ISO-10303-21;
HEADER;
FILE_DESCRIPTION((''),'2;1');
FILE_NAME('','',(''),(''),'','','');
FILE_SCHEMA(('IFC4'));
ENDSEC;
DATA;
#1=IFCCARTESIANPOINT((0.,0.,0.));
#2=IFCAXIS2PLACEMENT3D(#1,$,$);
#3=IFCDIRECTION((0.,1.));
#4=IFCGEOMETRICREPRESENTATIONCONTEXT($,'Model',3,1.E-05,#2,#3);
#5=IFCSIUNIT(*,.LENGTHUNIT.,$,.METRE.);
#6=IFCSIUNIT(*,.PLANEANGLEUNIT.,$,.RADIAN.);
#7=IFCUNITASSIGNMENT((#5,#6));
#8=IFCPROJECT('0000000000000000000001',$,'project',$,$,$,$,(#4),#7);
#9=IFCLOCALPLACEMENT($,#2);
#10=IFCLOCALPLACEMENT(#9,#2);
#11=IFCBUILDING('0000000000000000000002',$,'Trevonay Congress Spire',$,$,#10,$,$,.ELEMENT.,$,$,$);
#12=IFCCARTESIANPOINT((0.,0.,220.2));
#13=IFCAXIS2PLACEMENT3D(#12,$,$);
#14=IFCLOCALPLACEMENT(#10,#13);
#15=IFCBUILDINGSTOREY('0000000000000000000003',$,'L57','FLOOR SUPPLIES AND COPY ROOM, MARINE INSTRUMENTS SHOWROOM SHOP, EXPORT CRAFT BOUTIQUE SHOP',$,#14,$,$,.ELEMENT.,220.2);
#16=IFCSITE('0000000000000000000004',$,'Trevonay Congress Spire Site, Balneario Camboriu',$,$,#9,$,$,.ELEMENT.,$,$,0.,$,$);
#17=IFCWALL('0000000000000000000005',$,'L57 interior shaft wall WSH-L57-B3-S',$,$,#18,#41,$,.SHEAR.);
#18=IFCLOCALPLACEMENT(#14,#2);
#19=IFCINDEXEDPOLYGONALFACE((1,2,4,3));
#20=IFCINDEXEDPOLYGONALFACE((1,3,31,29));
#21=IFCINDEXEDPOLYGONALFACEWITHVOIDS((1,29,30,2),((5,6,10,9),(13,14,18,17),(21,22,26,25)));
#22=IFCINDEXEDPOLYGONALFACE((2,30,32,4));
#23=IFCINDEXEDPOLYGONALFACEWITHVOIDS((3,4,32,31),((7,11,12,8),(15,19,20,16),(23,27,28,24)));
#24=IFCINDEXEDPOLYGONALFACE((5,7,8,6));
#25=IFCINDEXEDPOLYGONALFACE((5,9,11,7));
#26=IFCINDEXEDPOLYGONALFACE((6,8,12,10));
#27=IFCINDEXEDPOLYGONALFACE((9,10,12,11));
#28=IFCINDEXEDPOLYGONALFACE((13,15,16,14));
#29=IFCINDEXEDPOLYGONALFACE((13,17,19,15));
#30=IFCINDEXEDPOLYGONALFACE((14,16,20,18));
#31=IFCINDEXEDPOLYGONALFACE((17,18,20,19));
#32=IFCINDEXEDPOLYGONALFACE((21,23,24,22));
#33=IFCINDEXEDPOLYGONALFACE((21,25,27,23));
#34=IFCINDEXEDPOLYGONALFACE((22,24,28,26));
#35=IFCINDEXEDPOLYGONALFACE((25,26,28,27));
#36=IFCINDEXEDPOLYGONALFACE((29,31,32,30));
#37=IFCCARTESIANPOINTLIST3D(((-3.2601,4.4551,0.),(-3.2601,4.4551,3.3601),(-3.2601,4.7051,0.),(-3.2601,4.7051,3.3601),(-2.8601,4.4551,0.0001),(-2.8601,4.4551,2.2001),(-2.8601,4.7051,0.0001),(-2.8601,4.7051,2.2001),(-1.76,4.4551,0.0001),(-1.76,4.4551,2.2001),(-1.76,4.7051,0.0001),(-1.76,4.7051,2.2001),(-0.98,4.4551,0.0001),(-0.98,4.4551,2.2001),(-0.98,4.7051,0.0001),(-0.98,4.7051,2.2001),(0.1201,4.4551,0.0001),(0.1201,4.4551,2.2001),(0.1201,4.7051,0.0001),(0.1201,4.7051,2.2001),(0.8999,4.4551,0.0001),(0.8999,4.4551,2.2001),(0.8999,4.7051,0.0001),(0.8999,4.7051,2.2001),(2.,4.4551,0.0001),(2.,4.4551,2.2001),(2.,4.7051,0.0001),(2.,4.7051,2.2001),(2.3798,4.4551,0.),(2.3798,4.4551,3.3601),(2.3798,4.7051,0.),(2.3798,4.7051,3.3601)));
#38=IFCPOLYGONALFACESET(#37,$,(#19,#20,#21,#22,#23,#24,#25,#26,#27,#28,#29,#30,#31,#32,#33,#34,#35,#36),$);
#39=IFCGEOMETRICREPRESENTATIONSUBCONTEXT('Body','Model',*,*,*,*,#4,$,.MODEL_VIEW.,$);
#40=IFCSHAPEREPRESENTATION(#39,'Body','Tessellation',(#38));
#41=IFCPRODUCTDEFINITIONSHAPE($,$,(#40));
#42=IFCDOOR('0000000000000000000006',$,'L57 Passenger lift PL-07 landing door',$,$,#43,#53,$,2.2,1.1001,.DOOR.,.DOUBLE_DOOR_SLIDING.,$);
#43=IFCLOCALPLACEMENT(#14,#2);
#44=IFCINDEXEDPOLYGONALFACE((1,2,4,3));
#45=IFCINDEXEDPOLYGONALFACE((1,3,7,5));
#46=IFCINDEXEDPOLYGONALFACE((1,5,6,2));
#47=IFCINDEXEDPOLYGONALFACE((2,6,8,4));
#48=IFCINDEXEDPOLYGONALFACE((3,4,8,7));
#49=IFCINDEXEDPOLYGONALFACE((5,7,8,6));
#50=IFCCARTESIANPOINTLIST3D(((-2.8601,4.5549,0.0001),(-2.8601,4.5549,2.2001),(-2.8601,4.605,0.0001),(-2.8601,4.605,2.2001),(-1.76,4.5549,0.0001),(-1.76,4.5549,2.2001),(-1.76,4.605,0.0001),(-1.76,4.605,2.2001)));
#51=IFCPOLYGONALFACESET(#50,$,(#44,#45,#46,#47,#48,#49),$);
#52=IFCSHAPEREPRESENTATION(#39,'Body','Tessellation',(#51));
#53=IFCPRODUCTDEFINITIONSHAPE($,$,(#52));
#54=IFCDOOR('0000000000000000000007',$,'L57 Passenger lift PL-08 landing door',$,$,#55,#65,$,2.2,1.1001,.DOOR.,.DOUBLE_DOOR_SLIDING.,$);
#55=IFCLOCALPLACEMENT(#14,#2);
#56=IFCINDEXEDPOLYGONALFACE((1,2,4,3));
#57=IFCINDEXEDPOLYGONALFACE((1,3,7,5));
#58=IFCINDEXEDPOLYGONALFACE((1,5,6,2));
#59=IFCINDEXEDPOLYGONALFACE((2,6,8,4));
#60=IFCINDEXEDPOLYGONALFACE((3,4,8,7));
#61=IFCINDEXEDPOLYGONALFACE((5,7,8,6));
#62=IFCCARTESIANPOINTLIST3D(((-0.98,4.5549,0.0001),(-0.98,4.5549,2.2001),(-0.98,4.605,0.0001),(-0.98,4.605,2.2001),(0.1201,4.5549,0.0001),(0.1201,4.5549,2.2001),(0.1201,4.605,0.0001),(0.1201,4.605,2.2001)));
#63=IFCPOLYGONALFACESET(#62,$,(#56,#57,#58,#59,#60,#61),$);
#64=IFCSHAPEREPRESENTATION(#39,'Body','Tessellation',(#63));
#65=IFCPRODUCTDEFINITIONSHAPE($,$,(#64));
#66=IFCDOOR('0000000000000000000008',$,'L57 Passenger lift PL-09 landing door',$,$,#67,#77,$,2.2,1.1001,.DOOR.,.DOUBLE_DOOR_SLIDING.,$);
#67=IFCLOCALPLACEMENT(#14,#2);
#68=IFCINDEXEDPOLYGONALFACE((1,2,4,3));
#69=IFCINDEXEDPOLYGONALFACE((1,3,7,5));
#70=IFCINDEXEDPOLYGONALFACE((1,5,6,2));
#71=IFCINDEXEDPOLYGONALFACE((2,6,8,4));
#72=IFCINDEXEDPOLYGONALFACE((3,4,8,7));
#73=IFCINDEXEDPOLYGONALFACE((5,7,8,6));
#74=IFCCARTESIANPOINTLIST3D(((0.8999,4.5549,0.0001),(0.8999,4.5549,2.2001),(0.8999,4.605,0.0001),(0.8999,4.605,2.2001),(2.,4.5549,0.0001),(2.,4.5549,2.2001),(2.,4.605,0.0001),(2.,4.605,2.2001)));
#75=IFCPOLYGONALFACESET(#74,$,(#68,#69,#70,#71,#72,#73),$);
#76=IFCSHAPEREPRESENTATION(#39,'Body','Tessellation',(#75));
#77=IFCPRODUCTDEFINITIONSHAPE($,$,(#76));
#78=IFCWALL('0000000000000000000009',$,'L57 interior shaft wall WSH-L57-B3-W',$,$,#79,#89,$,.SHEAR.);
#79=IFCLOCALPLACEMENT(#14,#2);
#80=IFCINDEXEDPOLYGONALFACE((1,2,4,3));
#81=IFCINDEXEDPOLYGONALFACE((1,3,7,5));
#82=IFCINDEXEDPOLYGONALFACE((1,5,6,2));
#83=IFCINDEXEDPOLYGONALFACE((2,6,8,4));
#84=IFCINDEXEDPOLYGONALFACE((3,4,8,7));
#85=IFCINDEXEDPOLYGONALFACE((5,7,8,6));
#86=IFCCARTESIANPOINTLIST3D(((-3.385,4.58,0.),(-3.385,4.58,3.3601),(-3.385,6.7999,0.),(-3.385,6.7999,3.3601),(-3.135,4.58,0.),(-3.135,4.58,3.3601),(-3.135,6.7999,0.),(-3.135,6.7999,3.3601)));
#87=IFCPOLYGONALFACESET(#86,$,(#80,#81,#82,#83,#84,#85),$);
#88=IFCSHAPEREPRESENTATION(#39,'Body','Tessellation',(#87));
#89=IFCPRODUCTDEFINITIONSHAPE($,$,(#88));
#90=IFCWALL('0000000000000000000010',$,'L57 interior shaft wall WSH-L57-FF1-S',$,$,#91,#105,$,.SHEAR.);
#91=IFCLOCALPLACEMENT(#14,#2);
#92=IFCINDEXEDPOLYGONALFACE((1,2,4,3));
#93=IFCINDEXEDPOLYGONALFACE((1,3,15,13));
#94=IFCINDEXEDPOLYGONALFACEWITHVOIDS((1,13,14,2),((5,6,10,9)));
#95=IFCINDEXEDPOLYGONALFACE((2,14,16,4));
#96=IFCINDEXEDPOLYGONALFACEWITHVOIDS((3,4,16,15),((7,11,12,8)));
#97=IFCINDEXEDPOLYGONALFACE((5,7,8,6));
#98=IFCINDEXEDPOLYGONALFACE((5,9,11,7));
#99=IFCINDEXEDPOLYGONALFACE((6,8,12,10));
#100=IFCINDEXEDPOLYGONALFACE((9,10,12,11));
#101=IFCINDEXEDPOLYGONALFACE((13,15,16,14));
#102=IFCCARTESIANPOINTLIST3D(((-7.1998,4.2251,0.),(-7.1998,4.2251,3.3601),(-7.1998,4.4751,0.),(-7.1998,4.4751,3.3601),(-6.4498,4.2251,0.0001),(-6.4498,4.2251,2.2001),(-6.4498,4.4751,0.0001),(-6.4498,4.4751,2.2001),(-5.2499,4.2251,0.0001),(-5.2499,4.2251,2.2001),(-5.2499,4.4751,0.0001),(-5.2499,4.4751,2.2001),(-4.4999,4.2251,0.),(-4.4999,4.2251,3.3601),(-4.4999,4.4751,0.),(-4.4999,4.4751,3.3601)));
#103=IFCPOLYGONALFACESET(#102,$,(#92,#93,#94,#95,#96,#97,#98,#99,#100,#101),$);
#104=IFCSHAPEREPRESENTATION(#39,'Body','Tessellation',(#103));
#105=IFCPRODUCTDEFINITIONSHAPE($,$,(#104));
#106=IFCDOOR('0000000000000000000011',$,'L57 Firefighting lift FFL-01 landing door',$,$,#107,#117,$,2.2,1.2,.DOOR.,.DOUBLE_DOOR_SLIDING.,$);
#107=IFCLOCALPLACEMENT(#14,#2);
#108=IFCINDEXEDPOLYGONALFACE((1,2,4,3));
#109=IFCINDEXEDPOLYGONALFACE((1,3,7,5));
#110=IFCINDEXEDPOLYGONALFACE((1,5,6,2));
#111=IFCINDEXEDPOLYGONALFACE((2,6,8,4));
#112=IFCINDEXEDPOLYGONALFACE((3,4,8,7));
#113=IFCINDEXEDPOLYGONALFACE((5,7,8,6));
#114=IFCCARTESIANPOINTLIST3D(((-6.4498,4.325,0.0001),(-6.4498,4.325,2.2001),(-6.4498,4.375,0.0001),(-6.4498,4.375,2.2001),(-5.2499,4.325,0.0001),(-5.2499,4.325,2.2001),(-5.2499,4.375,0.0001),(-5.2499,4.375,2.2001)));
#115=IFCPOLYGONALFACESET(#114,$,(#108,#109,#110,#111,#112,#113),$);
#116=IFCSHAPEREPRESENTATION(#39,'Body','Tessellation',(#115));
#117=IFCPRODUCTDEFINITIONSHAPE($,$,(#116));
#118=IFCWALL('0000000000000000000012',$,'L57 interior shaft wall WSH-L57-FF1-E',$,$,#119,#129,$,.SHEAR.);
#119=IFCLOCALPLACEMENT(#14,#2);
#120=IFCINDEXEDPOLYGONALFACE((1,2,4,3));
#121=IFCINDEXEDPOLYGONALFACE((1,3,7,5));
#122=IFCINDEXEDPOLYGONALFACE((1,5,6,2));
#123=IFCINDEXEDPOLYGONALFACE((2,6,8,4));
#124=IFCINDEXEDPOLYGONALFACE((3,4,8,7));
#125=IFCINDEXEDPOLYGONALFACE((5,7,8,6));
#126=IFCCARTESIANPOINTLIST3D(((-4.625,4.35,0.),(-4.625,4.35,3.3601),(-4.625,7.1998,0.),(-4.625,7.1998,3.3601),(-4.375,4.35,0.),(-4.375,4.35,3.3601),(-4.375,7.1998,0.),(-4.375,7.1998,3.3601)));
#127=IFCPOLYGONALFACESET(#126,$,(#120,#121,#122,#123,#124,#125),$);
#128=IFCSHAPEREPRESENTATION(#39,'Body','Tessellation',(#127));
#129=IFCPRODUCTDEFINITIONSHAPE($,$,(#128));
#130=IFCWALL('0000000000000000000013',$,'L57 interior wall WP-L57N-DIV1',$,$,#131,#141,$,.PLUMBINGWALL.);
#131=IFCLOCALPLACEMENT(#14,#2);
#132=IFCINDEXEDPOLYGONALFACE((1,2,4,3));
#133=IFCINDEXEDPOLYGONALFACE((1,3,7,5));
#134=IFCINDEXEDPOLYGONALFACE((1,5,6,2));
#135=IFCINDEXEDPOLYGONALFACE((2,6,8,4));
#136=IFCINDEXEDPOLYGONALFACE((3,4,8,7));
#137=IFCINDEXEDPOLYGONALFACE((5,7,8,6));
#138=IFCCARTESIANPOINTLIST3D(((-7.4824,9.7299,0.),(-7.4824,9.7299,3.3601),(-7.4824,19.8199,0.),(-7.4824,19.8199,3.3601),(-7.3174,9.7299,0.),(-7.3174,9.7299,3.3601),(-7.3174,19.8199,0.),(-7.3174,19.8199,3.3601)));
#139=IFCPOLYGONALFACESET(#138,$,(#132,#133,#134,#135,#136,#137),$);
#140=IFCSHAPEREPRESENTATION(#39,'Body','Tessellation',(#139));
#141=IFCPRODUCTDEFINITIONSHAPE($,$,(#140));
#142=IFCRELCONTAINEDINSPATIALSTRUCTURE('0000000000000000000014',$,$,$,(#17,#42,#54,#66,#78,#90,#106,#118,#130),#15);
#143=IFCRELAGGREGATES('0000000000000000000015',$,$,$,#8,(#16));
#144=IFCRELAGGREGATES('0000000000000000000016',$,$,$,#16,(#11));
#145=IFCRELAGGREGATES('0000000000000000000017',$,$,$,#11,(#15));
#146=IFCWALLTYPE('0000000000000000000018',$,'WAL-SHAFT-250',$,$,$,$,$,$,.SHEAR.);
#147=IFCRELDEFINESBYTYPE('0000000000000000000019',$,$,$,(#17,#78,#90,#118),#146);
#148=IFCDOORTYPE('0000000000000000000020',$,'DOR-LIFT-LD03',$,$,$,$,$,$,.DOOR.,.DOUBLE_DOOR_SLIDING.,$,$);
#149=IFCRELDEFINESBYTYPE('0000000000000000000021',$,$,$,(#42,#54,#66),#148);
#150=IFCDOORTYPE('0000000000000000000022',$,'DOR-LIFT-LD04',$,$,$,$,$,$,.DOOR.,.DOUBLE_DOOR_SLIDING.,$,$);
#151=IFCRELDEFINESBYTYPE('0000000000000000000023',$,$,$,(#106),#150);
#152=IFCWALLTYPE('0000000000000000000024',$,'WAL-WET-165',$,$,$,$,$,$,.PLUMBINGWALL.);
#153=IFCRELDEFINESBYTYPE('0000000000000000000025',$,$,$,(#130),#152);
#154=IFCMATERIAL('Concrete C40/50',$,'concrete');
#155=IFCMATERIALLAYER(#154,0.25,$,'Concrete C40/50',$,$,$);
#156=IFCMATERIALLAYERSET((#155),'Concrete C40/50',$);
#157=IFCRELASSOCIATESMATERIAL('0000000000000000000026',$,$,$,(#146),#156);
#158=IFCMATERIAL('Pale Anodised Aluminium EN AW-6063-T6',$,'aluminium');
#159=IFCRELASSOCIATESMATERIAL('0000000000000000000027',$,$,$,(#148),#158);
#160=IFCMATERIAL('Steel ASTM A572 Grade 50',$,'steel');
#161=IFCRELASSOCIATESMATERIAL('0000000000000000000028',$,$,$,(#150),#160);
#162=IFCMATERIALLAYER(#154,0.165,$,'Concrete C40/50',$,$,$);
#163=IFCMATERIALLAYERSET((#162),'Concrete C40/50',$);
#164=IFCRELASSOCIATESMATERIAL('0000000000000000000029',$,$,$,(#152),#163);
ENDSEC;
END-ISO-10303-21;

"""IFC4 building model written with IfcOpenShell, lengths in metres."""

from ifc_helpers import new_model, si_unit, direction, frame, frame_2d, origin, place, context, subcontext, project, spatial, rectangle, extrude, material, layer, layer_set, type_object, element, fill, save


model = new_model("IFC4")

# Units and contexts
model_context = context("Model", 3, precision=1e-05, world=origin(), true_north=direction((0.0, 1.0)))
body_context = subcontext(model_context, "Body", "Model", "MODEL_VIEW")
ifc_project = project(units=[si_unit("LENGTHUNIT", "METRE"), si_unit("PLANEANGLEUNIT", "RADIAN")], contexts=[model_context])

# Site, building, storey
site_placement = place(None, origin())
site = spatial("IfcSite", under=ifc_project, at=site_placement, Name="Trevonay Congress Spire Site, Balneario Camboriu", CompositionType="ELEMENT", RefElevation=0.0)
building_placement = place(site_placement, origin())
building = spatial("IfcBuilding", under=site, at=building_placement, Name="Trevonay Congress Spire", CompositionType="ELEMENT")
storey_placement = place(building_placement, frame((0.0, 0.0, 220.2)))
storey = spatial("IfcBuildingStorey", under=building, at=storey_placement, Name="L57", Description="FLOOR SUPPLIES AND COPY ROOM, MARINE INSTRUMENTS SHOWROOM SHOP, EXPORT CRAFT BOUTIQUE SHOP", CompositionType="ELEMENT", Elevation=220.2)

# Shared definitions
ifc_material_1 = material(Name="Steel ASTM A572 Grade 50", Category="steel")

# Shared definitions
ifc_material_2 = material(Name="Pale Anodised Aluminium EN AW-6063-T6", Category="aluminium")

# Wall, openings, doors
ifc_material_3 = material(Name="Concrete C40/50", Category="concrete")
ifc_layer_1 = layer(ifc_material_3, 0.25, Name="Concrete C40/50")
ifc_layer_set_1 = layer_set([ifc_layer_1], Name="Concrete C40/50")
wall_type_1 = type_object("IfcWallType", Name="WAL-SHAFT-250", PredefinedType="SHEAR", material=ifc_layer_set_1)
wall_1_placement = place(storey_placement, frame((-3.26, 4.5801, 0.0), z_axis=(0.0, 0.0, 1.0), x_axis=(1.0, 0.0, 0.0)))
wall_1 = element("IfcWall", 1, at=wall_1_placement, inside=storey, type_object=wall_type_1, Name="L57 interior shaft wall WSH-L57-B3-S", PredefinedType="SHEAR", context=body_context, shape_type="SweptSolid", body=[
    extrude(rectangle(XDim=5.6399, YDim=0.25, at=frame_2d((2.8198, 0.0))), origin(), (0.0, 0.0, 1.0), 3.3601),
])
opening_1_placement = place(wall_1_placement, frame((0.3999, 0.0, 0.0)))
opening_1 = element("IfcOpeningElement", 2, at=opening_1_placement, cuts=wall_1, PredefinedType="OPENING", context=body_context, shape_type="SweptSolid", body=[
    extrude(rectangle(XDim=1.1001, YDim=2.2, at=frame_2d((0.55, 1.1001))), frame((0.0, 0.135, 0.0), z_axis=(0.0, -1.0, 0.0), x_axis=(1.0, 0.0, 0.0)), (0.0, 0.0, 1.0), 0.27),
])
opening_2_placement = place(wall_1_placement, frame((2.28, 0.0, 0.0)))
opening_2 = element("IfcOpeningElement", 3, at=opening_2_placement, cuts=wall_1, PredefinedType="OPENING", context=body_context, shape_type="SweptSolid", body=[
    extrude(rectangle(XDim=1.1001, YDim=2.2, at=frame_2d((0.55, 1.1001))), frame((0.0, 0.135, 0.0), z_axis=(0.0, -1.0, 0.0), x_axis=(1.0, 0.0, 0.0)), (0.0, 0.0, 1.0), 0.27),
])
opening_3_placement = place(wall_1_placement, frame((4.1599, 0.0, 0.0)))
opening_3 = element("IfcOpeningElement", 4, at=opening_3_placement, cuts=wall_1, PredefinedType="OPENING", context=body_context, shape_type="SweptSolid", body=[
    extrude(rectangle(XDim=1.1001, YDim=2.2, at=frame_2d((0.55, 1.1001))), frame((0.0, 0.135, 0.0), z_axis=(0.0, -1.0, 0.0), x_axis=(1.0, 0.0, 0.0)), (0.0, 0.0, 1.0), 0.27),
])
door_type_1 = type_object("IfcDoorType", Name="DOR-LIFT-LD03", OperationType="DOUBLE_DOOR_SLIDING", PredefinedType="DOOR", material=ifc_material_2)
door_1_placement = place(opening_1_placement, origin())
door_1 = element("IfcDoor", 5, at=door_1_placement, inside=storey, type_object=door_type_1, Name="L57 Passenger lift PL-07 landing door", OperationType="DOUBLE_DOOR_SLIDING", OverallHeight=2.2, OverallWidth=1.1001, PredefinedType="DOOR", context=body_context, shape_type="SweptSolid", body=[
    extrude(rectangle(XDim=1.1001, YDim=2.2, at=frame_2d((0.55, 1.1001))), frame((0.0, 0.0249, 0.0), z_axis=(0.0, -1.0, 0.0), x_axis=(1.0, 0.0, 0.0)), (0.0, 0.0, 1.0), 0.05),
])
fill(opening_1, door_1)
door_2_placement = place(opening_2_placement, origin())
door_2 = element("IfcDoor", 6, at=door_2_placement, inside=storey, type_object=door_type_1, Name="L57 Passenger lift PL-08 landing door", OperationType="DOUBLE_DOOR_SLIDING", OverallHeight=2.2, OverallWidth=1.1001, PredefinedType="DOOR", context=body_context, shape_type="SweptSolid", body=[
    extrude(rectangle(XDim=1.1001, YDim=2.2, at=frame_2d((0.55, 1.1001))), frame((0.0, 0.0249, 0.0), z_axis=(0.0, -1.0, 0.0), x_axis=(1.0, 0.0, 0.0)), (0.0, 0.0, 1.0), 0.05),
])
fill(opening_2, door_2)
door_3_placement = place(opening_3_placement, origin())
door_3 = element("IfcDoor", 7, at=door_3_placement, inside=storey, type_object=door_type_1, Name="L57 Passenger lift PL-09 landing door", OperationType="DOUBLE_DOOR_SLIDING", OverallHeight=2.2, OverallWidth=1.1001, PredefinedType="DOOR", context=body_context, shape_type="SweptSolid", body=[
    extrude(rectangle(XDim=1.1001, YDim=2.2, at=frame_2d((0.55, 1.1001))), frame((0.0, 0.0249, 0.0), z_axis=(0.0, -1.0, 0.0), x_axis=(1.0, 0.0, 0.0)), (0.0, 0.0, 1.0), 0.05),
])
fill(opening_3, door_3)

# Wall
wall_2_placement = place(storey_placement, frame((-3.26, 4.5801, 0.0), z_axis=(0.0, 0.0, 1.0), x_axis=(0.0, 1.0, 0.0)))
element("IfcWall", 8, at=wall_2_placement, inside=storey, type_object=wall_type_1, Name="L57 interior shaft wall WSH-L57-B3-W", PredefinedType="SHEAR", context=body_context, shape_type="SweptSolid", body=[
    extrude(rectangle(XDim=2.22, YDim=0.25, at=frame_2d((1.1099, 0.0))), origin(), (0.0, 0.0, 1.0), 3.3601),
])

# Wall, opening, door
wall_3_placement = place(storey_placement, frame((-7.2, 4.3501, 0.0), z_axis=(0.0, 0.0, 1.0), x_axis=(1.0, 0.0, 0.0)))
wall_3 = element("IfcWall", 9, at=wall_3_placement, inside=storey, type_object=wall_type_1, Name="L57 interior shaft wall WSH-L57-FF1-S", PredefinedType="SHEAR", context=body_context, shape_type="SweptSolid", body=[
    extrude(rectangle(XDim=2.7, YDim=0.25, at=frame_2d((1.3501, 0.0))), origin(), (0.0, 0.0, 1.0), 3.3601),
])
opening_4_placement = place(wall_3_placement, frame((0.75, 0.0, 0.0)))
opening_4 = element("IfcOpeningElement", 10, at=opening_4_placement, cuts=wall_3, PredefinedType="OPENING", context=body_context, shape_type="SweptSolid", body=[
    extrude(rectangle(XDim=1.2, YDim=2.2, at=frame_2d((0.6001, 1.1001))), frame((0.0, 0.135, 0.0), z_axis=(0.0, -1.0, 0.0), x_axis=(1.0, 0.0, 0.0)), (0.0, 0.0, 1.0), 0.27),
])
door_type_2 = type_object("IfcDoorType", Name="DOR-LIFT-LD04", OperationType="DOUBLE_DOOR_SLIDING", PredefinedType="DOOR", material=ifc_material_1)
door_4_placement = place(opening_4_placement, origin())
door_4 = element("IfcDoor", 11, at=door_4_placement, inside=storey, type_object=door_type_2, Name="L57 Firefighting lift FFL-01 landing door", OperationType="DOUBLE_DOOR_SLIDING", OverallHeight=2.2, OverallWidth=1.2, PredefinedType="DOOR", context=body_context, shape_type="SweptSolid", body=[
    extrude(rectangle(XDim=1.2, YDim=2.2, at=frame_2d((0.6001, 1.1001))), frame((0.0, 0.0249, 0.0), z_axis=(0.0, -1.0, 0.0), x_axis=(1.0, 0.0, 0.0)), (0.0, 0.0, 1.0), 0.05),
])
fill(opening_4, door_4)

# Walls
wall_4_placement = place(storey_placement, frame((-4.5, 4.3501, 0.0), z_axis=(0.0, 0.0, 1.0), x_axis=(0.0, 1.0, 0.0)))
element("IfcWall", 12, at=wall_4_placement, inside=storey, type_object=wall_type_1, Name="L57 interior shaft wall WSH-L57-FF1-E", PredefinedType="SHEAR", context=body_context, shape_type="SweptSolid", body=[
    extrude(rectangle(XDim=2.8499, YDim=0.25, at=frame_2d((1.4248, 0.0))), origin(), (0.0, 0.0, 1.0), 3.3601),
])
ifc_layer_2 = layer(ifc_material_3, 0.165, Name="Concrete C40/50")
ifc_layer_set_2 = layer_set([ifc_layer_2], Name="Concrete C40/50")
wall_type_2 = type_object("IfcWallType", Name="WAL-WET-165", PredefinedType="PLUMBINGWALL", material=ifc_layer_set_2)
wall_5_placement = place(storey_placement, frame((-7.3999, 9.73, 0.0), z_axis=(0.0, 0.0, 1.0), x_axis=(0.0, 1.0, 0.0)))
element("IfcWall", 13, at=wall_5_placement, inside=storey, type_object=wall_type_2, Name="L57 interior wall WP-L57N-DIV1", PredefinedType="PLUMBINGWALL", context=body_context, shape_type="SweptSolid", body=[
    extrude(rectangle(XDim=10.0901, YDim=0.165, at=frame_2d((5.0449, 0.0))), origin(), (0.0, 0.0, 1.0), 3.3601),
])

save(model, "model.ifc")
